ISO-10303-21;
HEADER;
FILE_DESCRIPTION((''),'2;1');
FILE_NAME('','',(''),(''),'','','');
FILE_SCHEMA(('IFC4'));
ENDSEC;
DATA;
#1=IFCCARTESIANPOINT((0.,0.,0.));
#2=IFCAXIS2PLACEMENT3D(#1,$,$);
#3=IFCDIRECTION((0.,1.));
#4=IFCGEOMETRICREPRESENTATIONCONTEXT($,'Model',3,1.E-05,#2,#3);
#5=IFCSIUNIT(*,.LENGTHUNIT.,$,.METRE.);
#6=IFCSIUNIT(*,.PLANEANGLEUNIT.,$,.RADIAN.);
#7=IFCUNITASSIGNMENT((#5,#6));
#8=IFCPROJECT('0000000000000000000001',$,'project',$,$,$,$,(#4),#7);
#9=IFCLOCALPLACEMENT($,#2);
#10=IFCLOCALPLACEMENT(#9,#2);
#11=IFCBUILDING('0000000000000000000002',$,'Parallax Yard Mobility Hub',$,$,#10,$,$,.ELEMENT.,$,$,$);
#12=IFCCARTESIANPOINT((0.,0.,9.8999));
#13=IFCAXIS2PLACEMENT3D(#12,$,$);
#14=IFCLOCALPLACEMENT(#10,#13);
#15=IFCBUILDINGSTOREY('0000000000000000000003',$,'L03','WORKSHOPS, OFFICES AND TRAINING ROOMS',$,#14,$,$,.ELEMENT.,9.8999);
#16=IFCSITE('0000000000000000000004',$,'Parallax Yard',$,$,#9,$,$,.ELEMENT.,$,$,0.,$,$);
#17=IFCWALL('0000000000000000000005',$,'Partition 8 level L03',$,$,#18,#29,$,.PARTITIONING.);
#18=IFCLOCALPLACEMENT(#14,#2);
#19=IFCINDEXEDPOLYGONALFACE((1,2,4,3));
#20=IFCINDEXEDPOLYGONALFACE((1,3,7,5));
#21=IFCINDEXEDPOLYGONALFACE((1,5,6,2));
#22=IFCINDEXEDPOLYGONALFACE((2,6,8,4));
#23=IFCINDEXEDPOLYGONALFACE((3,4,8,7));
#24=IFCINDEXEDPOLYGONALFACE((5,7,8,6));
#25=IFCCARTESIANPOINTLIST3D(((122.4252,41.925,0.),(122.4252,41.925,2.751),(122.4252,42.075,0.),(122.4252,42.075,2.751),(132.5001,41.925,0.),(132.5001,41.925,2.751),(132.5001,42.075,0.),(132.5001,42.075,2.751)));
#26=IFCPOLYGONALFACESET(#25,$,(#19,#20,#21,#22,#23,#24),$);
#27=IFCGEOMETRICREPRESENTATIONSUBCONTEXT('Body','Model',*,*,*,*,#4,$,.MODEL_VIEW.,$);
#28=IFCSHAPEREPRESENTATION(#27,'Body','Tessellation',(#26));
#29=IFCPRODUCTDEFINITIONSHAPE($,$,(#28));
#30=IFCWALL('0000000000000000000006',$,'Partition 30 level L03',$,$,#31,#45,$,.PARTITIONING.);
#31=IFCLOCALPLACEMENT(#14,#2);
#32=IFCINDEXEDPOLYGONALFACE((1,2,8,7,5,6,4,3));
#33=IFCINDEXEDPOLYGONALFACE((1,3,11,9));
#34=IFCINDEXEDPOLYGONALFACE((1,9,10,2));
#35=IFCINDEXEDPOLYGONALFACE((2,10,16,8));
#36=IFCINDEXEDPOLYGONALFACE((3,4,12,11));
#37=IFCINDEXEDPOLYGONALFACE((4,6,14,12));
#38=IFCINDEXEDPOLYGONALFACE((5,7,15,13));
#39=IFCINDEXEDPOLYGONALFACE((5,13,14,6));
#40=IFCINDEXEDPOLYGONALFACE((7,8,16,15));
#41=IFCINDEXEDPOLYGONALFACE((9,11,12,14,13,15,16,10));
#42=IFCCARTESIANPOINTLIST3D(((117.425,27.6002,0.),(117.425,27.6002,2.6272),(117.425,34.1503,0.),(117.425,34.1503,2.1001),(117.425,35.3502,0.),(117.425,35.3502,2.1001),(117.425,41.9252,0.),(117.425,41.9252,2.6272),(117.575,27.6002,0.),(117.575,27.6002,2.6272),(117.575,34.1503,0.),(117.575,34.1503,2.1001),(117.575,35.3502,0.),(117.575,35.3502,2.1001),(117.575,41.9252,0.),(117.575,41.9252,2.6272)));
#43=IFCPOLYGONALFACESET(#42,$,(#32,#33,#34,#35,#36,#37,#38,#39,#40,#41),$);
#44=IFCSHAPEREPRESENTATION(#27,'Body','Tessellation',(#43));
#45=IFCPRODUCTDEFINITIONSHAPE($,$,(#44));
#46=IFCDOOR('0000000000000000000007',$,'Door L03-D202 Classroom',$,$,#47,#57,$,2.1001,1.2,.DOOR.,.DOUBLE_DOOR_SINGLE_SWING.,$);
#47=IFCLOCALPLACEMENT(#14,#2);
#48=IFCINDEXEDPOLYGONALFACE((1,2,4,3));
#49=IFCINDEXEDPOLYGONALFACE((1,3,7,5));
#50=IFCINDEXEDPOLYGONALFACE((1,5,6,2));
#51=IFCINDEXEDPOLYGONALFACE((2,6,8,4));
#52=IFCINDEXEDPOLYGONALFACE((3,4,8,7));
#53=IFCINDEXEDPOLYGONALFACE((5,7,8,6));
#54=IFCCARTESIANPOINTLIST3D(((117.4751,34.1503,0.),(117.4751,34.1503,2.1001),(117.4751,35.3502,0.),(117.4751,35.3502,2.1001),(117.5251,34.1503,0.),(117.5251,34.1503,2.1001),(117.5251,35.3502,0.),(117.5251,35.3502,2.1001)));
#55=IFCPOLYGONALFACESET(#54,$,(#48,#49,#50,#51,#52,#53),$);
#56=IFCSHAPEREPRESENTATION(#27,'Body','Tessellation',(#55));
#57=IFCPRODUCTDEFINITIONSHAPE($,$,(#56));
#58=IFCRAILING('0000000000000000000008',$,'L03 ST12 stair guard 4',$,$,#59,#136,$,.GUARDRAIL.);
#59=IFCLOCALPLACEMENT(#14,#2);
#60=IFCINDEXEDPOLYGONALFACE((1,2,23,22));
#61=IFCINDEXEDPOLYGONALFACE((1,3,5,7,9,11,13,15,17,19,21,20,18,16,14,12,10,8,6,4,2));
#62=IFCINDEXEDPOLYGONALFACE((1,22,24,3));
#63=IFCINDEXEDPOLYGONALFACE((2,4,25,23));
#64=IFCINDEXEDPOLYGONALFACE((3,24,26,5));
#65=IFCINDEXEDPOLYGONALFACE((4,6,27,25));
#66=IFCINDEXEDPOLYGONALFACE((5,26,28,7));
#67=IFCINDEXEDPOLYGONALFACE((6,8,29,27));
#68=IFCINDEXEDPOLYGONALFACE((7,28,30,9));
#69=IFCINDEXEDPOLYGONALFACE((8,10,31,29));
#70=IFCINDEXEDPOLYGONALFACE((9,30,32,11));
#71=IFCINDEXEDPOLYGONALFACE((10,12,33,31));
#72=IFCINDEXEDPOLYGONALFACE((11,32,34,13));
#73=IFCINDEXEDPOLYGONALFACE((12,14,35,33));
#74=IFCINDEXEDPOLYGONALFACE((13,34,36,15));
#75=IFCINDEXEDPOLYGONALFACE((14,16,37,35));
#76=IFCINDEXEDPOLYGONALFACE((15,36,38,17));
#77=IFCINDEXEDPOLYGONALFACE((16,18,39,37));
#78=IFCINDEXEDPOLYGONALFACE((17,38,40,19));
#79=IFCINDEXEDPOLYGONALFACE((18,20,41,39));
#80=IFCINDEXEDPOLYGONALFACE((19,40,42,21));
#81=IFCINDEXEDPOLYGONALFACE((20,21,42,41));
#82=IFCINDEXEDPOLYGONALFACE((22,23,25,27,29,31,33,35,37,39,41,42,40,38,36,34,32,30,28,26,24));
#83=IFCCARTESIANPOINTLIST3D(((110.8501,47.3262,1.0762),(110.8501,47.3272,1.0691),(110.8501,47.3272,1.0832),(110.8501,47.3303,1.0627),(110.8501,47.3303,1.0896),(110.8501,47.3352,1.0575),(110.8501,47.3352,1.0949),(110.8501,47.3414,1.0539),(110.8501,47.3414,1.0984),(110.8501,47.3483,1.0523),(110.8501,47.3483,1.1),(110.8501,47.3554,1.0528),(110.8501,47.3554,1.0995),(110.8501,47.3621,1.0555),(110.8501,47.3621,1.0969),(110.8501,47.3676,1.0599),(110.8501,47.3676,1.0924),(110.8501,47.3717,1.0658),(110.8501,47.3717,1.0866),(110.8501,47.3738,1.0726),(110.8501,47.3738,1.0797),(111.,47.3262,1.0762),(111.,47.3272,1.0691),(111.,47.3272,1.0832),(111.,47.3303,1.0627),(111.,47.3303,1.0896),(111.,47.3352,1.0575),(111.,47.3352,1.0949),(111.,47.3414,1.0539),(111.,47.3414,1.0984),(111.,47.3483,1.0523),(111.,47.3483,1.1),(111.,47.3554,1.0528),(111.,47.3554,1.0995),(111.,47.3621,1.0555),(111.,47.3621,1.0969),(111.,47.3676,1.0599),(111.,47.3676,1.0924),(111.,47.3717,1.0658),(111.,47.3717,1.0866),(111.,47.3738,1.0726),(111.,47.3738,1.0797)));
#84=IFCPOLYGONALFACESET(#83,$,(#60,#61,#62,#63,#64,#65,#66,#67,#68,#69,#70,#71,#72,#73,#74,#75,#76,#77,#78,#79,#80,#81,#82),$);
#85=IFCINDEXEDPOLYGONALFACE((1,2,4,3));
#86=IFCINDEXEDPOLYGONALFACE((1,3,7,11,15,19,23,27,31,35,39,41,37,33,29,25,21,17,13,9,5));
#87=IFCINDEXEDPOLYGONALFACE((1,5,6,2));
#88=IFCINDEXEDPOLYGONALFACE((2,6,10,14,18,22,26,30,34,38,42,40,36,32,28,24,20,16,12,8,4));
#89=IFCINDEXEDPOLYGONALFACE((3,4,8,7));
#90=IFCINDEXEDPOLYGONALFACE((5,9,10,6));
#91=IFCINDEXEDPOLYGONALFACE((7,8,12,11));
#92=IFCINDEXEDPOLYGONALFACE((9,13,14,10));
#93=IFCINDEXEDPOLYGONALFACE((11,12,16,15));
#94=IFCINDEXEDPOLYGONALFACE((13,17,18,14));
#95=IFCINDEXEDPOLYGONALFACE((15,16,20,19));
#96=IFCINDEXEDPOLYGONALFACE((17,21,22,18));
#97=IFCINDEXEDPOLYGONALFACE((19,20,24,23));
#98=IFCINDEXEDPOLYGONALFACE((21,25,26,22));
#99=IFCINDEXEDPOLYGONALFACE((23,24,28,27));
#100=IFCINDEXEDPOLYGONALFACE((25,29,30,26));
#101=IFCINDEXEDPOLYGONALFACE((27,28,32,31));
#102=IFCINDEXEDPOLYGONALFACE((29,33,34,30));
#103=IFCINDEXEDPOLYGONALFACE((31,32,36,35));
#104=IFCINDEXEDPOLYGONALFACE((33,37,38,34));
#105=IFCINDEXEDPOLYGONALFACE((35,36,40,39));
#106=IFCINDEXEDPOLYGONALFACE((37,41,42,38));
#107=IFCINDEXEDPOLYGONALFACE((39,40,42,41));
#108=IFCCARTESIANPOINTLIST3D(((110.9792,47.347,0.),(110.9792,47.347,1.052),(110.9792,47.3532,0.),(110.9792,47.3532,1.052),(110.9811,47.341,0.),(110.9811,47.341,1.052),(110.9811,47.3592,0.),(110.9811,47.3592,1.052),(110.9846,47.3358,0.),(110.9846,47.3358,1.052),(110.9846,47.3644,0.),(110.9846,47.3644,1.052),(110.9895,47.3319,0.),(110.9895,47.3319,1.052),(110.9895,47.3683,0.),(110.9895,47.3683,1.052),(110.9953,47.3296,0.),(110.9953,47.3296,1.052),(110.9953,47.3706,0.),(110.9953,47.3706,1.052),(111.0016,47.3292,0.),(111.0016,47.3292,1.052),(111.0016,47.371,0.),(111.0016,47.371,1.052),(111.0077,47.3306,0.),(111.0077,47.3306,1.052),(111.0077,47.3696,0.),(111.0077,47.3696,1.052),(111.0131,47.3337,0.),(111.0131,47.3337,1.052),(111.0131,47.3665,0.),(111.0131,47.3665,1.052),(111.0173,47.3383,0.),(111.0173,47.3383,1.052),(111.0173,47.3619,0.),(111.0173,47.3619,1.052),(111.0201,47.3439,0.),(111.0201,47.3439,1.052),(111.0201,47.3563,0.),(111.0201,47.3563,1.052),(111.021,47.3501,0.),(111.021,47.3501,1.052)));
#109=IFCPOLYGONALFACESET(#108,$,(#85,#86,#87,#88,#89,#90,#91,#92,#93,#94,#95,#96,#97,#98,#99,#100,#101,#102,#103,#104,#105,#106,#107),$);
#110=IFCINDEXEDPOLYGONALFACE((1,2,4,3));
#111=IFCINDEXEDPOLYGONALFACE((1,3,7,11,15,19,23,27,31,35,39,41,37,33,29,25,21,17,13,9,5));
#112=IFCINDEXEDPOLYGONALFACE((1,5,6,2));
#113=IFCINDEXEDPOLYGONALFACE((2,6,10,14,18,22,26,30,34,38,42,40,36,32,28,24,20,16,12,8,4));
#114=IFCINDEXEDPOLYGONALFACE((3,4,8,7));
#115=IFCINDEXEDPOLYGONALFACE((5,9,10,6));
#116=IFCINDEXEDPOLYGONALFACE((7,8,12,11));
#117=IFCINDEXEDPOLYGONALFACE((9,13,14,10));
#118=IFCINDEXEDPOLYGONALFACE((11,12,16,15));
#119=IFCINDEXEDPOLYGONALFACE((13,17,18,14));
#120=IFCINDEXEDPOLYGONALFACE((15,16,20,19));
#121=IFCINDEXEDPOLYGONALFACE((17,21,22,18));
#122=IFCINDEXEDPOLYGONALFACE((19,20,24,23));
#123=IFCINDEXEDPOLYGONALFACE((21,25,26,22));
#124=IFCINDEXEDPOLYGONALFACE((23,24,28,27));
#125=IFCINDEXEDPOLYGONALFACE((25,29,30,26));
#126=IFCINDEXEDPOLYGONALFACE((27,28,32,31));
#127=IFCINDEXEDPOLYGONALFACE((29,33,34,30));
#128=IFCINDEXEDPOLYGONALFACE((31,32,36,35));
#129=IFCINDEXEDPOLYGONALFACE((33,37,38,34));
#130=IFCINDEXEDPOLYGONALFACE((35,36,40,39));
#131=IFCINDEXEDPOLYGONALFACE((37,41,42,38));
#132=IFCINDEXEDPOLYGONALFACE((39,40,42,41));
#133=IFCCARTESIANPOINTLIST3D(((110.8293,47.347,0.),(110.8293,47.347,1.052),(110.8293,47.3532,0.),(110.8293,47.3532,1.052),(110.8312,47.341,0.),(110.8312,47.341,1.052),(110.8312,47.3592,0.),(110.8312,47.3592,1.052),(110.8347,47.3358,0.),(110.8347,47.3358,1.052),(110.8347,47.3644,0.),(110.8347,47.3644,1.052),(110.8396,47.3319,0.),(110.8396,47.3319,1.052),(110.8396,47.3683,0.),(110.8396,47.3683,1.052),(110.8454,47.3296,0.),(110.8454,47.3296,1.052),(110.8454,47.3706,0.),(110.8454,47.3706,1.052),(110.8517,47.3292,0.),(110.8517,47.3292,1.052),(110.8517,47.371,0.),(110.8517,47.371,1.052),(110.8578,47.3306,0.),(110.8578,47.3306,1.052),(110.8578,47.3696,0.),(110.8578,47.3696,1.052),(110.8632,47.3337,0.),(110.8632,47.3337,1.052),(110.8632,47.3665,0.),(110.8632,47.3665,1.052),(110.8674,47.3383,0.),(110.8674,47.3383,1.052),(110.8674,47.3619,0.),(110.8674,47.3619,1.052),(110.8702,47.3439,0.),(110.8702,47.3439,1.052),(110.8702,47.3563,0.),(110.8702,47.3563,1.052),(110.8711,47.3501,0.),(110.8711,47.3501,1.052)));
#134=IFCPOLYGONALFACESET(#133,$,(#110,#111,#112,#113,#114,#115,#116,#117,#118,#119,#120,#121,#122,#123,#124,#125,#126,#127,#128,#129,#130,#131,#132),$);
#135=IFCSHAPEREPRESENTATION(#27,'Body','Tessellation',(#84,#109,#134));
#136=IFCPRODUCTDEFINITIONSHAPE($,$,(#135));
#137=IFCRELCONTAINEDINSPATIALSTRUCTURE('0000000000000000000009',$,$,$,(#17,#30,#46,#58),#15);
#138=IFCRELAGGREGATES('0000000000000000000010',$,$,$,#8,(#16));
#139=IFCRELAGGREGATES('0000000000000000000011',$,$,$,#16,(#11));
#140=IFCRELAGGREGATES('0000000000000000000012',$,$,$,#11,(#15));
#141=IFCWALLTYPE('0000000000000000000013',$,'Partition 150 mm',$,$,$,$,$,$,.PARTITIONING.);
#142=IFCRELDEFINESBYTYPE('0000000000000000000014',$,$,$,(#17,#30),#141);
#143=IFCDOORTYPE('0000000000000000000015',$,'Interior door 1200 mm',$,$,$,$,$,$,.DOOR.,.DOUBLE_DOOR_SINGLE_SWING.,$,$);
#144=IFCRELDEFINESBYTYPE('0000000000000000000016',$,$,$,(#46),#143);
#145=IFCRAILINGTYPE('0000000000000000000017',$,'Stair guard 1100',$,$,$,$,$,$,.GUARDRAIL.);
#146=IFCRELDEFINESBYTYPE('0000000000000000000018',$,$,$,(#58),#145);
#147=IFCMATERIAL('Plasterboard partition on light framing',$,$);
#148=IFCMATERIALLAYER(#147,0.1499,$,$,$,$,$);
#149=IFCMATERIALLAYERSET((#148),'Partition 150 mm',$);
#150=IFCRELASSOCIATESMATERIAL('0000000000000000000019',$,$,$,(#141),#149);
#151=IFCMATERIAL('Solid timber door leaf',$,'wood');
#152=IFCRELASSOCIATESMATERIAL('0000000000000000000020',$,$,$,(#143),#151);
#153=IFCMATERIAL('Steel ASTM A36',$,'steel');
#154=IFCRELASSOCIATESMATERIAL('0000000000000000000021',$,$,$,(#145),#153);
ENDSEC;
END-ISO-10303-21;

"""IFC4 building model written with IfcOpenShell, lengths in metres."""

from ifc_helpers import new_model, si_unit, direction, frame, frame_2d, origin, origin_2d, place, context, subcontext, project, spatial, rectangle, circle, extrude, material, layer, layer_set, type_object, element, fill, save


model = new_model("IFC4")

# Units and contexts
model_context = context("Model", 3, precision=1e-05, world=origin(), true_north=direction((0.0, 1.0)))
body_context = subcontext(model_context, "Body", "Model", "MODEL_VIEW")
ifc_project = project(units=[si_unit("LENGTHUNIT", "METRE"), si_unit("PLANEANGLEUNIT", "RADIAN")], contexts=[model_context])

# Site, building, storey
site_placement = place(None, origin())
site = spatial("IfcSite", under=ifc_project, at=site_placement, Name="Parallax Yard", CompositionType="ELEMENT", RefElevation=0.0)
building_placement = place(site_placement, origin())
building = spatial("IfcBuilding", under=site, at=building_placement, Name="Parallax Yard Mobility Hub", CompositionType="ELEMENT")
storey_placement = place(building_placement, frame((0.0, 0.0, 9.8999)))
storey = spatial("IfcBuildingStorey", under=building, at=storey_placement, Name="L03", Description="WORKSHOPS, OFFICES AND TRAINING ROOMS", CompositionType="ELEMENT", Elevation=9.8999)

# Wall
ifc_material_1 = material(Name="Plasterboard partition on light framing")
ifc_layer_1 = layer(ifc_material_1, 0.1499)
ifc_layer_set_1 = layer_set([ifc_layer_1], Name="Partition 150 mm")
wall_type_1 = type_object("IfcWallType", Name="Partition 150 mm", PredefinedType="PARTITIONING", material=ifc_layer_set_1)
wall_1_placement = place(storey_placement, frame((122.425, 42.0, 0.0), z_axis=(0.0, 0.0, 1.0), x_axis=(1.0, 0.0, 0.0)))
element("IfcWall", 1, at=wall_1_placement, inside=storey, type_object=wall_type_1, Name="Partition 8 level L03", PredefinedType="PARTITIONING", context=body_context, shape_type="SweptSolid", body=[
    extrude(rectangle(XDim=10.075, YDim=0.1499, at=frame_2d((5.0376, 0.0))), origin(), (0.0, 0.0, 1.0), 2.751),
])

# Wall, opening, door
wall_2_placement = place(storey_placement, frame((117.5, 27.6001, 0.0), z_axis=(0.0, 0.0, 1.0), x_axis=(0.0, 1.0, 0.0)))
wall_2 = element("IfcWall", 2, at=wall_2_placement, inside=storey, type_object=wall_type_1, Name="Partition 30 level L03", PredefinedType="PARTITIONING", context=body_context, shape_type="SweptSolid", body=[
    extrude(rectangle(XDim=14.325, YDim=0.1499, at=frame_2d((7.1626, 0.0))), origin(), (0.0, 0.0, 1.0), 2.6272),
])
opening_1_placement = place(wall_2_placement, frame((6.55, 0.0, 0.0)))
opening_1 = element("IfcOpeningElement", 3, at=opening_1_placement, cuts=wall_2, PredefinedType="OPENING", context=body_context, shape_type="SweptSolid", body=[
    extrude(rectangle(XDim=1.2, YDim=2.1001, at=frame_2d((0.6001, 1.05))), frame((0.0, 0.085, 0.0), z_axis=(0.0, -1.0, 0.0), x_axis=(1.0, 0.0, 0.0)), (0.0, 0.0, 1.0), 0.1699),
])
ifc_material_2 = material(Name="Solid timber door leaf", Category="wood")
door_type_1 = type_object("IfcDoorType", Name="Interior door 1200 mm", OperationType="DOUBLE_DOOR_SINGLE_SWING", PredefinedType="DOOR", material=ifc_material_2)
door_1_placement = place(opening_1_placement, origin())
door_1 = element("IfcDoor", 4, at=door_1_placement, inside=storey, type_object=door_type_1, Name="Door L03-D202 Classroom", OperationType="DOUBLE_DOOR_SINGLE_SWING", OverallHeight=2.1001, OverallWidth=1.2, PredefinedType="DOOR", context=body_context, shape_type="SweptSolid", body=[
    extrude(rectangle(XDim=1.2, YDim=2.1001, at=frame_2d((0.6001, 1.05))), frame((0.0, 0.0249, 0.0), z_axis=(0.0, -1.0, 0.0), x_axis=(1.0, 0.0, 0.0)), (0.0, 0.0, 1.0), 0.05),
])
fill(opening_1, door_1)

# Railing
ifc_material_3 = material(Name="Steel ASTM A36", Category="steel")
railing_type = type_object("IfcRailingType", Name="Stair guard 1100", PredefinedType="GUARDRAIL", material=ifc_material_3)
railing_placement = place(storey_placement, frame((111.0, 47.3501, 0.0)))
element("IfcRailing", 5, at=railing_placement, inside=storey, type_object=railing_type, Name="L03 ST12 stair guard 4", PredefinedType="GUARDRAIL", context=body_context, shape_type="SweptSolid", body=[
    extrude(circle(Radius=0.0239, at=origin_2d()), frame((0.0, 0.0, 1.0762), z_axis=(-1.0, 0.0, 0.0), x_axis=(0.0, -1.0, 0.0)), (0.0, 0.0, 1.0), 0.1499),
    extrude(circle(Radius=0.021, at=origin_2d()), origin(), (0.0, 0.0, 1.0), 1.052),
    extrude(circle(Radius=0.021, at=origin_2d()), frame((-0.1499, 0.0, 0.0)), (0.0, 0.0, 1.0), 1.052),
])

save(model, "model.ifc")
